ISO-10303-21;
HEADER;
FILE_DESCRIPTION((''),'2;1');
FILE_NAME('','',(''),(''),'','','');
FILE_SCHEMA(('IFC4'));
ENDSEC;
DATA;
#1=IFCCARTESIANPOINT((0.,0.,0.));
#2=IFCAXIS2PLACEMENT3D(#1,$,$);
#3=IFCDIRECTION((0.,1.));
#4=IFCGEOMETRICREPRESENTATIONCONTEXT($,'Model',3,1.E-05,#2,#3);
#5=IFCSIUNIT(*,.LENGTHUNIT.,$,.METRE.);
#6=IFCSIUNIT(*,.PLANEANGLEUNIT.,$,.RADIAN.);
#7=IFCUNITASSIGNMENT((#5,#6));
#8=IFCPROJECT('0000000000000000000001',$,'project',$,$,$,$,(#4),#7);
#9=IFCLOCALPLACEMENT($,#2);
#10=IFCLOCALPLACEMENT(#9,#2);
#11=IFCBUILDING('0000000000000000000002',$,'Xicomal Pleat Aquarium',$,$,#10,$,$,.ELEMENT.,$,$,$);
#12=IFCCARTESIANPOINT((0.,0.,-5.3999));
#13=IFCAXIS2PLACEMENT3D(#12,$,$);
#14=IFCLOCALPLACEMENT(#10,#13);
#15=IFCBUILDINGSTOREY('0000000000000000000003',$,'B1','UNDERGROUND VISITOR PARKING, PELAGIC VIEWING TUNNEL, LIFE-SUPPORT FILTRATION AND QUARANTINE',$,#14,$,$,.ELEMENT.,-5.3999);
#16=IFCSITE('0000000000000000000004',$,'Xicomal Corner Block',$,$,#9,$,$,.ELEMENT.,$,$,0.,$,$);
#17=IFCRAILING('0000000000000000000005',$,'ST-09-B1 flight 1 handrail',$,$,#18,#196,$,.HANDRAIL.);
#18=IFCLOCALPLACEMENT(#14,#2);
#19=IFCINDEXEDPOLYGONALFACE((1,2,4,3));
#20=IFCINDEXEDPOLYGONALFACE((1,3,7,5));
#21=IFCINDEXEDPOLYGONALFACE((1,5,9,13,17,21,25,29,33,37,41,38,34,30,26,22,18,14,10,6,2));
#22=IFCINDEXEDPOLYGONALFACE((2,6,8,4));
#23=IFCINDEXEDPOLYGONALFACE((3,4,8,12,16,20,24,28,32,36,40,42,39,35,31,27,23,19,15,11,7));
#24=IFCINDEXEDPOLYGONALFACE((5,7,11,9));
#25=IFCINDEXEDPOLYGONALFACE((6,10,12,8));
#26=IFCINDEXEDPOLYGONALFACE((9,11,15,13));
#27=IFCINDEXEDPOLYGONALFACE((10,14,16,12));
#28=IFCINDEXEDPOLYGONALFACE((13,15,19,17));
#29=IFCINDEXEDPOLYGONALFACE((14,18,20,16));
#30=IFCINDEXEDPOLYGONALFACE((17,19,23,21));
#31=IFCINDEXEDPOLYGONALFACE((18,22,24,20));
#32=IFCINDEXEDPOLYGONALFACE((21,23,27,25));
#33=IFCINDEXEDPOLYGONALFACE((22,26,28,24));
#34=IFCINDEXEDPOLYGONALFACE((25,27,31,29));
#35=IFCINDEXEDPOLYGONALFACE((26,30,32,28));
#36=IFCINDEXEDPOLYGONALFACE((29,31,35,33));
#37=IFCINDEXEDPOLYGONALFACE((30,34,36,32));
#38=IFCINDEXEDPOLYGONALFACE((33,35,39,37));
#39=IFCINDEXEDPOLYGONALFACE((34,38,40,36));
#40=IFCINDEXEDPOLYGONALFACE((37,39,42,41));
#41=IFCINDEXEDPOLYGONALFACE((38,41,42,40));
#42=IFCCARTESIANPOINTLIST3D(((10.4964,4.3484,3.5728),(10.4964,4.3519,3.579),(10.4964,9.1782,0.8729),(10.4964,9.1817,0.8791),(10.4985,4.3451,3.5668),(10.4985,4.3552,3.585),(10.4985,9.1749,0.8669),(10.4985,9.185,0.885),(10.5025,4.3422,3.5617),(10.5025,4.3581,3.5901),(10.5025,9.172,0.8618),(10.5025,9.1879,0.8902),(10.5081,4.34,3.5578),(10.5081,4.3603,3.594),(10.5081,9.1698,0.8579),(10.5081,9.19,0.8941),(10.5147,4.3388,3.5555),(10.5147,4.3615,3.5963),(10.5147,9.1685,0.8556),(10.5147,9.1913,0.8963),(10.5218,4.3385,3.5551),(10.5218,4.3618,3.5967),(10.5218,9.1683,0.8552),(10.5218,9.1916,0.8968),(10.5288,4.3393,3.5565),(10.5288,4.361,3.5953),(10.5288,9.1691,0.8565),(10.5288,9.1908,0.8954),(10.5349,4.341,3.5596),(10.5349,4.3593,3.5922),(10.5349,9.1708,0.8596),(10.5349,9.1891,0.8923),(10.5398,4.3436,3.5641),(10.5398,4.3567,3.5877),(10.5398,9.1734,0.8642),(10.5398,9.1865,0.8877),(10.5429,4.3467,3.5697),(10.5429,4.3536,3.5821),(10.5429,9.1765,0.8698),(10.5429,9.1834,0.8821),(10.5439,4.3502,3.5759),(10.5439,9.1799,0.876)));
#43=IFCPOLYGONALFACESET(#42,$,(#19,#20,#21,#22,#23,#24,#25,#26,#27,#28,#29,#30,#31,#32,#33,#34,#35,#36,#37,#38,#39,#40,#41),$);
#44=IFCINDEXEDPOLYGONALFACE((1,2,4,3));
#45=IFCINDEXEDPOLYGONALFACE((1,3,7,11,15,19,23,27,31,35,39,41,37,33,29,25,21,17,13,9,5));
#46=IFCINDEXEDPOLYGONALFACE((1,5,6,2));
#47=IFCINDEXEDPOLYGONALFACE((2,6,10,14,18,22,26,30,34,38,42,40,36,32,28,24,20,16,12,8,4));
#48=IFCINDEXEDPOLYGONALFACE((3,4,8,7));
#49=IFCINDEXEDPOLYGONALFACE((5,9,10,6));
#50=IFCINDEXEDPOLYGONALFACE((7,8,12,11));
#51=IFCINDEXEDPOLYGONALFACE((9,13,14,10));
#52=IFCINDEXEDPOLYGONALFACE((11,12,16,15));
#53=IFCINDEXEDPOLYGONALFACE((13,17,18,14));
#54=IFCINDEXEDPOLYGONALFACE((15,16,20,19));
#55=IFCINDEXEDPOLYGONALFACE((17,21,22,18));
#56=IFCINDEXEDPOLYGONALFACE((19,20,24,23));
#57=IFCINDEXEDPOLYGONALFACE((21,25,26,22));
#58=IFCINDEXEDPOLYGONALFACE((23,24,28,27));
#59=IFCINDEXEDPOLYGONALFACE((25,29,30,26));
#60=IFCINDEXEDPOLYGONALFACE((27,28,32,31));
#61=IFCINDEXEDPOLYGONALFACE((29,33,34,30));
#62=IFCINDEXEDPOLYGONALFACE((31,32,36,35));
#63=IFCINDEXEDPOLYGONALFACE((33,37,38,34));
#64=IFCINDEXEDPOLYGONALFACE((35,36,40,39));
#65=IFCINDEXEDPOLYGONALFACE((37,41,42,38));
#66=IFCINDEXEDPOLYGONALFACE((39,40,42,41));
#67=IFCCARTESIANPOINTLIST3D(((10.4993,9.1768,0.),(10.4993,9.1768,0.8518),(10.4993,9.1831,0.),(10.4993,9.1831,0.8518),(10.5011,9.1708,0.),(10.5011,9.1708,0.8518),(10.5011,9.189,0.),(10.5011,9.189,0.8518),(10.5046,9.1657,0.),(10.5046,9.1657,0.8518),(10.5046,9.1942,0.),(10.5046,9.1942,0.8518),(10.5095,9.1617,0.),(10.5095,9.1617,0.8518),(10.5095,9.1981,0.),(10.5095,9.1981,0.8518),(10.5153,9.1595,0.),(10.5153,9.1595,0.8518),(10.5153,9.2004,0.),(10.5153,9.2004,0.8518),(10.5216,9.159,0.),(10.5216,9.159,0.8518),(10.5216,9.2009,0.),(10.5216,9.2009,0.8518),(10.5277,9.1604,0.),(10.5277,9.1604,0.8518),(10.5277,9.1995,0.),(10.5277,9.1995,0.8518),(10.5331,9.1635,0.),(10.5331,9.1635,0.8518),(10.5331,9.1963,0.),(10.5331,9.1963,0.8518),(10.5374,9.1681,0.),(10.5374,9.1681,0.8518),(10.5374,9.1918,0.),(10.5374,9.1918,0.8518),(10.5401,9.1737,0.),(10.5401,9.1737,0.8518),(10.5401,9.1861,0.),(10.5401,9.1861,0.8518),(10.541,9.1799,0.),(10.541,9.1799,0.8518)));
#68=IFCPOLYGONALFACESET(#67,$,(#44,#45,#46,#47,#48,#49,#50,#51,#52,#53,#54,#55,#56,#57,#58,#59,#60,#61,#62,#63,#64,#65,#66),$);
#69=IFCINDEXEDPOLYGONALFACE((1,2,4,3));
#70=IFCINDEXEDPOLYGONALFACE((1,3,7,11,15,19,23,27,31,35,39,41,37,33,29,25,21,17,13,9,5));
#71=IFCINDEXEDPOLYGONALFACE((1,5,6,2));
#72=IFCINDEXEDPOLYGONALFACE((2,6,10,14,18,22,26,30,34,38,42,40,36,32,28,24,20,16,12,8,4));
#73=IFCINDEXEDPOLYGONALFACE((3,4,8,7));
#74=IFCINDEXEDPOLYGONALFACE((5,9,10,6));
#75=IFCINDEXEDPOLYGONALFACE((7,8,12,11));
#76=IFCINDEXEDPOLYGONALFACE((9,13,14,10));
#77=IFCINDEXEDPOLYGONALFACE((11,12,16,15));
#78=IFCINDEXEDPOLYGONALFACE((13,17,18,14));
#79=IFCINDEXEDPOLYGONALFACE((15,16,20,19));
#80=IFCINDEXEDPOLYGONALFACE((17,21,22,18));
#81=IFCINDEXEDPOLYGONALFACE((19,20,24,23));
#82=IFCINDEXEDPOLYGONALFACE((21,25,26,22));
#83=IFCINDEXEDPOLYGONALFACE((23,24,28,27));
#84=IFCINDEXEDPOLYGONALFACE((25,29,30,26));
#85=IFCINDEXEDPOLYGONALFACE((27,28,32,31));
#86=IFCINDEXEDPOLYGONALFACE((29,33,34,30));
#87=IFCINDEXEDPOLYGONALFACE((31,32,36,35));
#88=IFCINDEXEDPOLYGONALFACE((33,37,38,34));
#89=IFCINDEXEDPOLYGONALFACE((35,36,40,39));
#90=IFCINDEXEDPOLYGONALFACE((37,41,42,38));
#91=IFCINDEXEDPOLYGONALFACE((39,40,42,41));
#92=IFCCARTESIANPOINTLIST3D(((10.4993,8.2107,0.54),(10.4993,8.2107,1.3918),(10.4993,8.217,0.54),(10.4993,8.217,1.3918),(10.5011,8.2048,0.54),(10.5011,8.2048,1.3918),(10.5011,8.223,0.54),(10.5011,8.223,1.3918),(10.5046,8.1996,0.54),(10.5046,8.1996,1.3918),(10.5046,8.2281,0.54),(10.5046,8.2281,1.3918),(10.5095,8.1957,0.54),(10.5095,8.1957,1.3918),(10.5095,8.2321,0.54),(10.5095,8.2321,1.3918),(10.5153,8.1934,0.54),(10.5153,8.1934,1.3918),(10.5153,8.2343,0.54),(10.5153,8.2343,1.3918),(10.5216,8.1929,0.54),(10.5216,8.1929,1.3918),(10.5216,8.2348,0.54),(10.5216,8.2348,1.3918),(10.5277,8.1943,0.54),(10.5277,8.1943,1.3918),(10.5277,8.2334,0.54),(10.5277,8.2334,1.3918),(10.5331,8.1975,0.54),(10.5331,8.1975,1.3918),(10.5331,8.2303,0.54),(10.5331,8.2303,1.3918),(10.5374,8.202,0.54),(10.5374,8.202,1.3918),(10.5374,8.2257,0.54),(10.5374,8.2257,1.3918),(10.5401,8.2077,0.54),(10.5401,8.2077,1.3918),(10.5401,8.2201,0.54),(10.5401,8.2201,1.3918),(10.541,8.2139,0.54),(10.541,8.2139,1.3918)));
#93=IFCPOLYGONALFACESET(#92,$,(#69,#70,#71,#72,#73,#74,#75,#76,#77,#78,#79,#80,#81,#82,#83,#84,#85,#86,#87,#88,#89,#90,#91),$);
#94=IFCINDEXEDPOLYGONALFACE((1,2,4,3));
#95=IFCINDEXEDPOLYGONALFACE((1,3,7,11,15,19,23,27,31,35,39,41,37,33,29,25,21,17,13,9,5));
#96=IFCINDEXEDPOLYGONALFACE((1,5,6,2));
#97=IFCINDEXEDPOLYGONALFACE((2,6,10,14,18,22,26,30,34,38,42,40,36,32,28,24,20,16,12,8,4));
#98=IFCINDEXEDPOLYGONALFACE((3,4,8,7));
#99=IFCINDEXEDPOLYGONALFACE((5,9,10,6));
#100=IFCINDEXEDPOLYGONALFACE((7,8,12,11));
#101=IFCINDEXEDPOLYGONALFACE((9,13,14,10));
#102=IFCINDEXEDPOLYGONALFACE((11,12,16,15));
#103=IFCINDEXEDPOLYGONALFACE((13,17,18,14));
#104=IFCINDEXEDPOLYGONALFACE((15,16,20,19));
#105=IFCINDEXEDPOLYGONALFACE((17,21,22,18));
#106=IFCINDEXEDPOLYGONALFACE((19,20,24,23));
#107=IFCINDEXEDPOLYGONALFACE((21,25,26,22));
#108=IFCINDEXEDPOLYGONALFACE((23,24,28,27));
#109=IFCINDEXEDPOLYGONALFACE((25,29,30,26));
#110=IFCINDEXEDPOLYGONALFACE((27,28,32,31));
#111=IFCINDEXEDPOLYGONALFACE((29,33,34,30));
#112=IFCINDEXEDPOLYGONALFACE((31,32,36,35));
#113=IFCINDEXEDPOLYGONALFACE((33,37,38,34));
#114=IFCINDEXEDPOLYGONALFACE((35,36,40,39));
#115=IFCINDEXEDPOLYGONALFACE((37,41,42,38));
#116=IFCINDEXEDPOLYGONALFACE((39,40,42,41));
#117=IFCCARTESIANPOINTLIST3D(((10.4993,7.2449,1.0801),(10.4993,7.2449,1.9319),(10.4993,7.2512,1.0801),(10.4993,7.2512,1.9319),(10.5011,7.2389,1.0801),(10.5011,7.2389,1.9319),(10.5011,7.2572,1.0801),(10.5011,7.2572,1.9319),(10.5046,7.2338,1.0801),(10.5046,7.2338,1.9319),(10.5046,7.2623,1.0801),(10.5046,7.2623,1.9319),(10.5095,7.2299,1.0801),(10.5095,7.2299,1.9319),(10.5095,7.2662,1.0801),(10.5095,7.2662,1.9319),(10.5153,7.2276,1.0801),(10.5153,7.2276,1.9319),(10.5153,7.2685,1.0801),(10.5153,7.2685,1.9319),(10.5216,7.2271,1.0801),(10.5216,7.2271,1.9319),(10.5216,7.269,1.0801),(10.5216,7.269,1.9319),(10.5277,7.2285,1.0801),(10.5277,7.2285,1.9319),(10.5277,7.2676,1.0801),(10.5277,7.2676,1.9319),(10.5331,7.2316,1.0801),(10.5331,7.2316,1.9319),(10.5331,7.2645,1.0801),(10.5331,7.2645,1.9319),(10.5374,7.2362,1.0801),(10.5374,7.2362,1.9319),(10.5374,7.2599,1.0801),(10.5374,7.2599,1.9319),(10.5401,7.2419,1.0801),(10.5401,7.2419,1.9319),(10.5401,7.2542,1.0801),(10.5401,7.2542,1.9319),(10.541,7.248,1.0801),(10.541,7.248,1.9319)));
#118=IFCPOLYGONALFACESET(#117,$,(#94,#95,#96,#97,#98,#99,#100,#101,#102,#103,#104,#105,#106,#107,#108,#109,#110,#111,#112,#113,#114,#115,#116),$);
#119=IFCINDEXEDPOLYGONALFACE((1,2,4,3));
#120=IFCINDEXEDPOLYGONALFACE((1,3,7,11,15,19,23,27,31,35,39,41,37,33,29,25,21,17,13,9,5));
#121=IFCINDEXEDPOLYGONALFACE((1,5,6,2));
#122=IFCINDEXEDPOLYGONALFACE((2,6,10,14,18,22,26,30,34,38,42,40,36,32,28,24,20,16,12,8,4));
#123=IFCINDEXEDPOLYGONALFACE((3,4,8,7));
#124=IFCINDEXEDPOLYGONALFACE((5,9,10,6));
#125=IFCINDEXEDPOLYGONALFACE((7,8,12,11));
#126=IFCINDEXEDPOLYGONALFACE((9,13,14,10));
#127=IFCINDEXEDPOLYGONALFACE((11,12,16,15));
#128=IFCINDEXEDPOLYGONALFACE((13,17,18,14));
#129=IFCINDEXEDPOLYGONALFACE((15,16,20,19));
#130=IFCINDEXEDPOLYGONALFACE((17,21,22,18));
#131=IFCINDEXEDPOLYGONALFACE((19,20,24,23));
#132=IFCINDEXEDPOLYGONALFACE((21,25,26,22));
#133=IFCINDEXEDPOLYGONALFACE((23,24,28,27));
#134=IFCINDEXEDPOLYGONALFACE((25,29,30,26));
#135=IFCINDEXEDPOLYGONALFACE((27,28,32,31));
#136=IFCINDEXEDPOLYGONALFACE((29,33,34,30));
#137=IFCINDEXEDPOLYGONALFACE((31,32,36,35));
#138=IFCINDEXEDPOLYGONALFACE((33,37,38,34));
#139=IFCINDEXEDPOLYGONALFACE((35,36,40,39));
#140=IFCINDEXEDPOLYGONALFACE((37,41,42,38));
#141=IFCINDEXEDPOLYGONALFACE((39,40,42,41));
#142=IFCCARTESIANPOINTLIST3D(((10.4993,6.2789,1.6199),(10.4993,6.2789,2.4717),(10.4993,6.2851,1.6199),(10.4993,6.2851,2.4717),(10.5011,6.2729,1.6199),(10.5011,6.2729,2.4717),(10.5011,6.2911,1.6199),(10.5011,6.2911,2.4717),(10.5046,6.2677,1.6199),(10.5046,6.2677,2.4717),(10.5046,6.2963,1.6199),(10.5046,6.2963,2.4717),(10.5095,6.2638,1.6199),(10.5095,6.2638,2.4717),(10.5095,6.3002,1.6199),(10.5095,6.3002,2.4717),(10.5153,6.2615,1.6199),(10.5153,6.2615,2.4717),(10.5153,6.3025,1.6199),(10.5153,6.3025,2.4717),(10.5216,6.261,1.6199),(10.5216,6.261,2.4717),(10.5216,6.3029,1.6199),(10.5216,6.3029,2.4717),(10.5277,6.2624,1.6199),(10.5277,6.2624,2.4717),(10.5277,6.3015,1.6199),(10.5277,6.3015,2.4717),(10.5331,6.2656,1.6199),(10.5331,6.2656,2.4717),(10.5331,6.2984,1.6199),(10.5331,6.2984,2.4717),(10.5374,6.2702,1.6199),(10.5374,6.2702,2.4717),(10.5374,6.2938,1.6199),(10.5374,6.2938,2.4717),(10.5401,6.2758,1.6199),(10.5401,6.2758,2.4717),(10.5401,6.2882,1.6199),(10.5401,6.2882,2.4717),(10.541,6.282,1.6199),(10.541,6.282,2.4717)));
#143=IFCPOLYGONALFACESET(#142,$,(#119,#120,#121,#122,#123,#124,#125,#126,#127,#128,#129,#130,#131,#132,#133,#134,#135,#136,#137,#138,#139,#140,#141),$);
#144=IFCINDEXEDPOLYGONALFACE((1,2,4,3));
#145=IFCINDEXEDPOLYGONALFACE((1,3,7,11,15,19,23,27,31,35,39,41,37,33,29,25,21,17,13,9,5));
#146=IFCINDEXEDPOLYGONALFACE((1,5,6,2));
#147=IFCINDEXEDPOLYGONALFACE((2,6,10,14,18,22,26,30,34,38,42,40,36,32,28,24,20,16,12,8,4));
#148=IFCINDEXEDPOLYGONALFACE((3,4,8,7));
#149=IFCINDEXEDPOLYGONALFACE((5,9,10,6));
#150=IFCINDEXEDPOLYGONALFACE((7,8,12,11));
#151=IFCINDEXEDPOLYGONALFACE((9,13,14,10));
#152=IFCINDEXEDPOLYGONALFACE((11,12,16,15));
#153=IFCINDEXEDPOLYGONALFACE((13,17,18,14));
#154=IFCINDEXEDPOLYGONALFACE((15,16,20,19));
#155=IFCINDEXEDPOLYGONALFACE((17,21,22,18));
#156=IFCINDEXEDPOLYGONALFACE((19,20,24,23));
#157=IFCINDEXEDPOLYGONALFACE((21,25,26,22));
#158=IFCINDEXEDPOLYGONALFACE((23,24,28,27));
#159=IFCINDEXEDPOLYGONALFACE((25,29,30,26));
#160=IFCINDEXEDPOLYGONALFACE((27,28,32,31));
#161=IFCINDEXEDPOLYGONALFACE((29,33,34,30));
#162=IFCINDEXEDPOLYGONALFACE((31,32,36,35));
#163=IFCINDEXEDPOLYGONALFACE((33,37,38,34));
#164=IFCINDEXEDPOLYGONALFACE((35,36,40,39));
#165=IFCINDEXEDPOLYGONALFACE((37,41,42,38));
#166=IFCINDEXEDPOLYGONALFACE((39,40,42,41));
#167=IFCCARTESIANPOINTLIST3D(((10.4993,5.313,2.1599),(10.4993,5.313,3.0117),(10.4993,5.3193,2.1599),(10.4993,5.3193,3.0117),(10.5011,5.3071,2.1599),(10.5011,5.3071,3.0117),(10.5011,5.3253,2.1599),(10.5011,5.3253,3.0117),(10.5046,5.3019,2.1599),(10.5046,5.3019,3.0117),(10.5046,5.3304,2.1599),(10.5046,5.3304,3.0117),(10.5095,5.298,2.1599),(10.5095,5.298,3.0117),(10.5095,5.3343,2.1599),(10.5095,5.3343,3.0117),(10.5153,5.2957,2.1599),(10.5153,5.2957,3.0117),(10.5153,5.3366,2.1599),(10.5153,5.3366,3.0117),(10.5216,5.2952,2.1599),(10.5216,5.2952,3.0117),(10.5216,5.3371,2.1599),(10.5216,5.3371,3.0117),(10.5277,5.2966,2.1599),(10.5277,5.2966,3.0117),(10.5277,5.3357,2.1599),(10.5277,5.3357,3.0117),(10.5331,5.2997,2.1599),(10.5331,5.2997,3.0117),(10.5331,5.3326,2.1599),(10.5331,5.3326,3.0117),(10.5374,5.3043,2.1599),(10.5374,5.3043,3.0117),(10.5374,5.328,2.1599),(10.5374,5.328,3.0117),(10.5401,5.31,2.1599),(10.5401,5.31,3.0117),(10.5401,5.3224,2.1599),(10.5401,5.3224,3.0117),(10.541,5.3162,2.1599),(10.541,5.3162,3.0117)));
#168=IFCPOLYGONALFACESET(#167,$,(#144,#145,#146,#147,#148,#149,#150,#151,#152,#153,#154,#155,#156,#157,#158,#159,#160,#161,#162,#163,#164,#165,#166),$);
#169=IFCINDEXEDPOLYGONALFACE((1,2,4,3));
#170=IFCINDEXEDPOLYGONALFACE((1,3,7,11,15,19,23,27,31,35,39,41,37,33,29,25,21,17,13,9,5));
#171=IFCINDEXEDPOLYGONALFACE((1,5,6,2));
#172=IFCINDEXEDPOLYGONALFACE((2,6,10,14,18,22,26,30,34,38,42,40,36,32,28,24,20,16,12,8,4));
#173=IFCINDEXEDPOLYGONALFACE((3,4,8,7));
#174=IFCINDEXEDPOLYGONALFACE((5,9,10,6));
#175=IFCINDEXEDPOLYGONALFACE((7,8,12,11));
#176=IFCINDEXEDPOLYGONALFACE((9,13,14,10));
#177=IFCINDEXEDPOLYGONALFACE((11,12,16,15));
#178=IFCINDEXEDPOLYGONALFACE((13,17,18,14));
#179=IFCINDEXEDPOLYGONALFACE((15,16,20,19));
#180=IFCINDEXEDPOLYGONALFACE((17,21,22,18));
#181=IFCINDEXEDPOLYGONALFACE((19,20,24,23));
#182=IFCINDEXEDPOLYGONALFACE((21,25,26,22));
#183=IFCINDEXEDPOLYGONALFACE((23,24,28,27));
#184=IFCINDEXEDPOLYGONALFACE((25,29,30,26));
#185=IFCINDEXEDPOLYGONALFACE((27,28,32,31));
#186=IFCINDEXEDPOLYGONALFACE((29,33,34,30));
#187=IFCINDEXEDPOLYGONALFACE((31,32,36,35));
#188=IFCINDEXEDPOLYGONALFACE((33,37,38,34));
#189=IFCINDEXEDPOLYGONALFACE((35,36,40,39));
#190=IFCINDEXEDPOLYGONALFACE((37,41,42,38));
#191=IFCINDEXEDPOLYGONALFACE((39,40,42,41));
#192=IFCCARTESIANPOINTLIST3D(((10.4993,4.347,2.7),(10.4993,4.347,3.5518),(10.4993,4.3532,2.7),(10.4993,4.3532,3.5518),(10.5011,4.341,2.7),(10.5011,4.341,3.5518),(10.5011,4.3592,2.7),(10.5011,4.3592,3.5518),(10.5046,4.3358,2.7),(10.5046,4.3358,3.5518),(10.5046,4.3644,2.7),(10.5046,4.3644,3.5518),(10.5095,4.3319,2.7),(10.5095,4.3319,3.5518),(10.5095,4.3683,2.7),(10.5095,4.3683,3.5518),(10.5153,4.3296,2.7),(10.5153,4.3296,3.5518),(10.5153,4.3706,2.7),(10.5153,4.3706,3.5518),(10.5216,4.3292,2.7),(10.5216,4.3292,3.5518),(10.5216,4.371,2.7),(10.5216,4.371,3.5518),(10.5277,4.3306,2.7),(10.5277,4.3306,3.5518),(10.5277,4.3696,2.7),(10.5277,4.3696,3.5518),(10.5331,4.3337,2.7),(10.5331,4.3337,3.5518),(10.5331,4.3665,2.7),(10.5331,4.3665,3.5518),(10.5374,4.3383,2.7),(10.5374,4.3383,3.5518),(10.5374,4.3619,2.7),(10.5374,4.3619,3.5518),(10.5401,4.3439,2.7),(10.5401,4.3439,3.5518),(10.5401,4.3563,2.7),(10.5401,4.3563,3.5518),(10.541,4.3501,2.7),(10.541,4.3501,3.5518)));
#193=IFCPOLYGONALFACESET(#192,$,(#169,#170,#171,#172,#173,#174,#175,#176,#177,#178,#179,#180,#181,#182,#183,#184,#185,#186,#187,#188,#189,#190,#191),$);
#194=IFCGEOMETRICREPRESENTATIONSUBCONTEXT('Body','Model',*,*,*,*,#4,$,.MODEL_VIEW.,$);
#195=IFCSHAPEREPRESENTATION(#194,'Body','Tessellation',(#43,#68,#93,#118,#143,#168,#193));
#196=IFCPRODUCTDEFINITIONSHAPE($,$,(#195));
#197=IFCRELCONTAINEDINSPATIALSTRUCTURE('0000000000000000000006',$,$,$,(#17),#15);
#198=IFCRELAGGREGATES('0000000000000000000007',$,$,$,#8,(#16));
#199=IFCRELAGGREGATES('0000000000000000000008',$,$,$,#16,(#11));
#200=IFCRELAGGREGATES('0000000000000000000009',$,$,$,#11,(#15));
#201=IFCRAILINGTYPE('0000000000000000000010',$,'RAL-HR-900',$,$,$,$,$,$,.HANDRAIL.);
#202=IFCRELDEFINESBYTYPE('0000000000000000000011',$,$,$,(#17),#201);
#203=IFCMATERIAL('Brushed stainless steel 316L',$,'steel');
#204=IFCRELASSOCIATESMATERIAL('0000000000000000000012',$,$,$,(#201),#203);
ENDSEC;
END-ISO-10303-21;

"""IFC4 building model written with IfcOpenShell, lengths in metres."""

from ifc_helpers import new_model, si_unit, direction, frame, origin, origin_2d, place, context, subcontext, project, spatial, circle, extrude, material, type_object, element, save


model = new_model("IFC4")

# Units and contexts
model_context = context("Model", 3, precision=1e-05, world=origin(), true_north=direction((0.0, 1.0)))
body_context = subcontext(model_context, "Body", "Model", "MODEL_VIEW")
ifc_project = project(units=[si_unit("LENGTHUNIT", "METRE"), si_unit("PLANEANGLEUNIT", "RADIAN")], contexts=[model_context])

# Site, building, storey
site_placement = place(None, origin())
site = spatial("IfcSite", under=ifc_project, at=site_placement, Name="Xicomal Corner Block", CompositionType="ELEMENT", RefElevation=0.0)
building_placement = place(site_placement, origin())
building = spatial("IfcBuilding", under=site, at=building_placement, Name="Xicomal Pleat Aquarium", CompositionType="ELEMENT")
storey_placement = place(building_placement, frame((0.0, 0.0, -5.3999)))
storey = spatial("IfcBuildingStorey", under=building, at=storey_placement, Name="B1", Description="UNDERGROUND VISITOR PARKING, PELAGIC VIEWING TUNNEL, LIFE-SUPPORT FILTRATION AND QUARANTINE", CompositionType="ELEMENT", Elevation=-5.3999)

# Railing
ifc_material_1 = material(Name="Brushed stainless steel 316L", Category="steel")
railing_type_1 = type_object("IfcRailingType", Name="RAL-HR-900", PredefinedType="HANDRAIL", material=ifc_material_1)
railing_1_placement = place(storey_placement, frame((10.52, 9.1799, 0.0)))
element("IfcRailing", 1, at=railing_1_placement, inside=storey, type_object=railing_type_1, Name="ST-09-B1 flight 1 handrail", PredefinedType="HANDRAIL", context=body_context, shape_type="SweptSolid", body=[
    extrude(circle(Radius=0.0239, at=origin_2d()), frame((0.0, 0.0, 0.876), z_axis=(0.0, -0.872872, 0.487949), x_axis=(1.0, 0.0, 0.0)), (0.0, 0.0, 1.0), 5.5332),
    extrude(circle(Radius=0.021, at=origin_2d()), origin(), (0.0, 0.0, 1.0), 0.8518),
    extrude(circle(Radius=0.021, at=origin_2d()), frame((0.0, -0.9661, 0.54)), (0.0, 0.0, 1.0), 0.8518),
    extrude(circle(Radius=0.021, at=origin_2d()), frame((0.0, -1.9319, 1.0801)), (0.0, 0.0, 1.0), 0.8518),
    extrude(circle(Radius=0.021, at=origin_2d()), frame((0.0, -2.8979, 1.6199)), (0.0, 0.0, 1.0), 0.8518),
    extrude(circle(Radius=0.021, at=origin_2d()), frame((0.0, -3.8638, 2.1599)), (0.0, 0.0, 1.0), 0.8518),
    extrude(circle(Radius=0.021, at=origin_2d()), frame((0.0, -4.8298, 2.7)), (0.0, 0.0, 1.0), 0.8518),
])

save(model, "model.ifc")
